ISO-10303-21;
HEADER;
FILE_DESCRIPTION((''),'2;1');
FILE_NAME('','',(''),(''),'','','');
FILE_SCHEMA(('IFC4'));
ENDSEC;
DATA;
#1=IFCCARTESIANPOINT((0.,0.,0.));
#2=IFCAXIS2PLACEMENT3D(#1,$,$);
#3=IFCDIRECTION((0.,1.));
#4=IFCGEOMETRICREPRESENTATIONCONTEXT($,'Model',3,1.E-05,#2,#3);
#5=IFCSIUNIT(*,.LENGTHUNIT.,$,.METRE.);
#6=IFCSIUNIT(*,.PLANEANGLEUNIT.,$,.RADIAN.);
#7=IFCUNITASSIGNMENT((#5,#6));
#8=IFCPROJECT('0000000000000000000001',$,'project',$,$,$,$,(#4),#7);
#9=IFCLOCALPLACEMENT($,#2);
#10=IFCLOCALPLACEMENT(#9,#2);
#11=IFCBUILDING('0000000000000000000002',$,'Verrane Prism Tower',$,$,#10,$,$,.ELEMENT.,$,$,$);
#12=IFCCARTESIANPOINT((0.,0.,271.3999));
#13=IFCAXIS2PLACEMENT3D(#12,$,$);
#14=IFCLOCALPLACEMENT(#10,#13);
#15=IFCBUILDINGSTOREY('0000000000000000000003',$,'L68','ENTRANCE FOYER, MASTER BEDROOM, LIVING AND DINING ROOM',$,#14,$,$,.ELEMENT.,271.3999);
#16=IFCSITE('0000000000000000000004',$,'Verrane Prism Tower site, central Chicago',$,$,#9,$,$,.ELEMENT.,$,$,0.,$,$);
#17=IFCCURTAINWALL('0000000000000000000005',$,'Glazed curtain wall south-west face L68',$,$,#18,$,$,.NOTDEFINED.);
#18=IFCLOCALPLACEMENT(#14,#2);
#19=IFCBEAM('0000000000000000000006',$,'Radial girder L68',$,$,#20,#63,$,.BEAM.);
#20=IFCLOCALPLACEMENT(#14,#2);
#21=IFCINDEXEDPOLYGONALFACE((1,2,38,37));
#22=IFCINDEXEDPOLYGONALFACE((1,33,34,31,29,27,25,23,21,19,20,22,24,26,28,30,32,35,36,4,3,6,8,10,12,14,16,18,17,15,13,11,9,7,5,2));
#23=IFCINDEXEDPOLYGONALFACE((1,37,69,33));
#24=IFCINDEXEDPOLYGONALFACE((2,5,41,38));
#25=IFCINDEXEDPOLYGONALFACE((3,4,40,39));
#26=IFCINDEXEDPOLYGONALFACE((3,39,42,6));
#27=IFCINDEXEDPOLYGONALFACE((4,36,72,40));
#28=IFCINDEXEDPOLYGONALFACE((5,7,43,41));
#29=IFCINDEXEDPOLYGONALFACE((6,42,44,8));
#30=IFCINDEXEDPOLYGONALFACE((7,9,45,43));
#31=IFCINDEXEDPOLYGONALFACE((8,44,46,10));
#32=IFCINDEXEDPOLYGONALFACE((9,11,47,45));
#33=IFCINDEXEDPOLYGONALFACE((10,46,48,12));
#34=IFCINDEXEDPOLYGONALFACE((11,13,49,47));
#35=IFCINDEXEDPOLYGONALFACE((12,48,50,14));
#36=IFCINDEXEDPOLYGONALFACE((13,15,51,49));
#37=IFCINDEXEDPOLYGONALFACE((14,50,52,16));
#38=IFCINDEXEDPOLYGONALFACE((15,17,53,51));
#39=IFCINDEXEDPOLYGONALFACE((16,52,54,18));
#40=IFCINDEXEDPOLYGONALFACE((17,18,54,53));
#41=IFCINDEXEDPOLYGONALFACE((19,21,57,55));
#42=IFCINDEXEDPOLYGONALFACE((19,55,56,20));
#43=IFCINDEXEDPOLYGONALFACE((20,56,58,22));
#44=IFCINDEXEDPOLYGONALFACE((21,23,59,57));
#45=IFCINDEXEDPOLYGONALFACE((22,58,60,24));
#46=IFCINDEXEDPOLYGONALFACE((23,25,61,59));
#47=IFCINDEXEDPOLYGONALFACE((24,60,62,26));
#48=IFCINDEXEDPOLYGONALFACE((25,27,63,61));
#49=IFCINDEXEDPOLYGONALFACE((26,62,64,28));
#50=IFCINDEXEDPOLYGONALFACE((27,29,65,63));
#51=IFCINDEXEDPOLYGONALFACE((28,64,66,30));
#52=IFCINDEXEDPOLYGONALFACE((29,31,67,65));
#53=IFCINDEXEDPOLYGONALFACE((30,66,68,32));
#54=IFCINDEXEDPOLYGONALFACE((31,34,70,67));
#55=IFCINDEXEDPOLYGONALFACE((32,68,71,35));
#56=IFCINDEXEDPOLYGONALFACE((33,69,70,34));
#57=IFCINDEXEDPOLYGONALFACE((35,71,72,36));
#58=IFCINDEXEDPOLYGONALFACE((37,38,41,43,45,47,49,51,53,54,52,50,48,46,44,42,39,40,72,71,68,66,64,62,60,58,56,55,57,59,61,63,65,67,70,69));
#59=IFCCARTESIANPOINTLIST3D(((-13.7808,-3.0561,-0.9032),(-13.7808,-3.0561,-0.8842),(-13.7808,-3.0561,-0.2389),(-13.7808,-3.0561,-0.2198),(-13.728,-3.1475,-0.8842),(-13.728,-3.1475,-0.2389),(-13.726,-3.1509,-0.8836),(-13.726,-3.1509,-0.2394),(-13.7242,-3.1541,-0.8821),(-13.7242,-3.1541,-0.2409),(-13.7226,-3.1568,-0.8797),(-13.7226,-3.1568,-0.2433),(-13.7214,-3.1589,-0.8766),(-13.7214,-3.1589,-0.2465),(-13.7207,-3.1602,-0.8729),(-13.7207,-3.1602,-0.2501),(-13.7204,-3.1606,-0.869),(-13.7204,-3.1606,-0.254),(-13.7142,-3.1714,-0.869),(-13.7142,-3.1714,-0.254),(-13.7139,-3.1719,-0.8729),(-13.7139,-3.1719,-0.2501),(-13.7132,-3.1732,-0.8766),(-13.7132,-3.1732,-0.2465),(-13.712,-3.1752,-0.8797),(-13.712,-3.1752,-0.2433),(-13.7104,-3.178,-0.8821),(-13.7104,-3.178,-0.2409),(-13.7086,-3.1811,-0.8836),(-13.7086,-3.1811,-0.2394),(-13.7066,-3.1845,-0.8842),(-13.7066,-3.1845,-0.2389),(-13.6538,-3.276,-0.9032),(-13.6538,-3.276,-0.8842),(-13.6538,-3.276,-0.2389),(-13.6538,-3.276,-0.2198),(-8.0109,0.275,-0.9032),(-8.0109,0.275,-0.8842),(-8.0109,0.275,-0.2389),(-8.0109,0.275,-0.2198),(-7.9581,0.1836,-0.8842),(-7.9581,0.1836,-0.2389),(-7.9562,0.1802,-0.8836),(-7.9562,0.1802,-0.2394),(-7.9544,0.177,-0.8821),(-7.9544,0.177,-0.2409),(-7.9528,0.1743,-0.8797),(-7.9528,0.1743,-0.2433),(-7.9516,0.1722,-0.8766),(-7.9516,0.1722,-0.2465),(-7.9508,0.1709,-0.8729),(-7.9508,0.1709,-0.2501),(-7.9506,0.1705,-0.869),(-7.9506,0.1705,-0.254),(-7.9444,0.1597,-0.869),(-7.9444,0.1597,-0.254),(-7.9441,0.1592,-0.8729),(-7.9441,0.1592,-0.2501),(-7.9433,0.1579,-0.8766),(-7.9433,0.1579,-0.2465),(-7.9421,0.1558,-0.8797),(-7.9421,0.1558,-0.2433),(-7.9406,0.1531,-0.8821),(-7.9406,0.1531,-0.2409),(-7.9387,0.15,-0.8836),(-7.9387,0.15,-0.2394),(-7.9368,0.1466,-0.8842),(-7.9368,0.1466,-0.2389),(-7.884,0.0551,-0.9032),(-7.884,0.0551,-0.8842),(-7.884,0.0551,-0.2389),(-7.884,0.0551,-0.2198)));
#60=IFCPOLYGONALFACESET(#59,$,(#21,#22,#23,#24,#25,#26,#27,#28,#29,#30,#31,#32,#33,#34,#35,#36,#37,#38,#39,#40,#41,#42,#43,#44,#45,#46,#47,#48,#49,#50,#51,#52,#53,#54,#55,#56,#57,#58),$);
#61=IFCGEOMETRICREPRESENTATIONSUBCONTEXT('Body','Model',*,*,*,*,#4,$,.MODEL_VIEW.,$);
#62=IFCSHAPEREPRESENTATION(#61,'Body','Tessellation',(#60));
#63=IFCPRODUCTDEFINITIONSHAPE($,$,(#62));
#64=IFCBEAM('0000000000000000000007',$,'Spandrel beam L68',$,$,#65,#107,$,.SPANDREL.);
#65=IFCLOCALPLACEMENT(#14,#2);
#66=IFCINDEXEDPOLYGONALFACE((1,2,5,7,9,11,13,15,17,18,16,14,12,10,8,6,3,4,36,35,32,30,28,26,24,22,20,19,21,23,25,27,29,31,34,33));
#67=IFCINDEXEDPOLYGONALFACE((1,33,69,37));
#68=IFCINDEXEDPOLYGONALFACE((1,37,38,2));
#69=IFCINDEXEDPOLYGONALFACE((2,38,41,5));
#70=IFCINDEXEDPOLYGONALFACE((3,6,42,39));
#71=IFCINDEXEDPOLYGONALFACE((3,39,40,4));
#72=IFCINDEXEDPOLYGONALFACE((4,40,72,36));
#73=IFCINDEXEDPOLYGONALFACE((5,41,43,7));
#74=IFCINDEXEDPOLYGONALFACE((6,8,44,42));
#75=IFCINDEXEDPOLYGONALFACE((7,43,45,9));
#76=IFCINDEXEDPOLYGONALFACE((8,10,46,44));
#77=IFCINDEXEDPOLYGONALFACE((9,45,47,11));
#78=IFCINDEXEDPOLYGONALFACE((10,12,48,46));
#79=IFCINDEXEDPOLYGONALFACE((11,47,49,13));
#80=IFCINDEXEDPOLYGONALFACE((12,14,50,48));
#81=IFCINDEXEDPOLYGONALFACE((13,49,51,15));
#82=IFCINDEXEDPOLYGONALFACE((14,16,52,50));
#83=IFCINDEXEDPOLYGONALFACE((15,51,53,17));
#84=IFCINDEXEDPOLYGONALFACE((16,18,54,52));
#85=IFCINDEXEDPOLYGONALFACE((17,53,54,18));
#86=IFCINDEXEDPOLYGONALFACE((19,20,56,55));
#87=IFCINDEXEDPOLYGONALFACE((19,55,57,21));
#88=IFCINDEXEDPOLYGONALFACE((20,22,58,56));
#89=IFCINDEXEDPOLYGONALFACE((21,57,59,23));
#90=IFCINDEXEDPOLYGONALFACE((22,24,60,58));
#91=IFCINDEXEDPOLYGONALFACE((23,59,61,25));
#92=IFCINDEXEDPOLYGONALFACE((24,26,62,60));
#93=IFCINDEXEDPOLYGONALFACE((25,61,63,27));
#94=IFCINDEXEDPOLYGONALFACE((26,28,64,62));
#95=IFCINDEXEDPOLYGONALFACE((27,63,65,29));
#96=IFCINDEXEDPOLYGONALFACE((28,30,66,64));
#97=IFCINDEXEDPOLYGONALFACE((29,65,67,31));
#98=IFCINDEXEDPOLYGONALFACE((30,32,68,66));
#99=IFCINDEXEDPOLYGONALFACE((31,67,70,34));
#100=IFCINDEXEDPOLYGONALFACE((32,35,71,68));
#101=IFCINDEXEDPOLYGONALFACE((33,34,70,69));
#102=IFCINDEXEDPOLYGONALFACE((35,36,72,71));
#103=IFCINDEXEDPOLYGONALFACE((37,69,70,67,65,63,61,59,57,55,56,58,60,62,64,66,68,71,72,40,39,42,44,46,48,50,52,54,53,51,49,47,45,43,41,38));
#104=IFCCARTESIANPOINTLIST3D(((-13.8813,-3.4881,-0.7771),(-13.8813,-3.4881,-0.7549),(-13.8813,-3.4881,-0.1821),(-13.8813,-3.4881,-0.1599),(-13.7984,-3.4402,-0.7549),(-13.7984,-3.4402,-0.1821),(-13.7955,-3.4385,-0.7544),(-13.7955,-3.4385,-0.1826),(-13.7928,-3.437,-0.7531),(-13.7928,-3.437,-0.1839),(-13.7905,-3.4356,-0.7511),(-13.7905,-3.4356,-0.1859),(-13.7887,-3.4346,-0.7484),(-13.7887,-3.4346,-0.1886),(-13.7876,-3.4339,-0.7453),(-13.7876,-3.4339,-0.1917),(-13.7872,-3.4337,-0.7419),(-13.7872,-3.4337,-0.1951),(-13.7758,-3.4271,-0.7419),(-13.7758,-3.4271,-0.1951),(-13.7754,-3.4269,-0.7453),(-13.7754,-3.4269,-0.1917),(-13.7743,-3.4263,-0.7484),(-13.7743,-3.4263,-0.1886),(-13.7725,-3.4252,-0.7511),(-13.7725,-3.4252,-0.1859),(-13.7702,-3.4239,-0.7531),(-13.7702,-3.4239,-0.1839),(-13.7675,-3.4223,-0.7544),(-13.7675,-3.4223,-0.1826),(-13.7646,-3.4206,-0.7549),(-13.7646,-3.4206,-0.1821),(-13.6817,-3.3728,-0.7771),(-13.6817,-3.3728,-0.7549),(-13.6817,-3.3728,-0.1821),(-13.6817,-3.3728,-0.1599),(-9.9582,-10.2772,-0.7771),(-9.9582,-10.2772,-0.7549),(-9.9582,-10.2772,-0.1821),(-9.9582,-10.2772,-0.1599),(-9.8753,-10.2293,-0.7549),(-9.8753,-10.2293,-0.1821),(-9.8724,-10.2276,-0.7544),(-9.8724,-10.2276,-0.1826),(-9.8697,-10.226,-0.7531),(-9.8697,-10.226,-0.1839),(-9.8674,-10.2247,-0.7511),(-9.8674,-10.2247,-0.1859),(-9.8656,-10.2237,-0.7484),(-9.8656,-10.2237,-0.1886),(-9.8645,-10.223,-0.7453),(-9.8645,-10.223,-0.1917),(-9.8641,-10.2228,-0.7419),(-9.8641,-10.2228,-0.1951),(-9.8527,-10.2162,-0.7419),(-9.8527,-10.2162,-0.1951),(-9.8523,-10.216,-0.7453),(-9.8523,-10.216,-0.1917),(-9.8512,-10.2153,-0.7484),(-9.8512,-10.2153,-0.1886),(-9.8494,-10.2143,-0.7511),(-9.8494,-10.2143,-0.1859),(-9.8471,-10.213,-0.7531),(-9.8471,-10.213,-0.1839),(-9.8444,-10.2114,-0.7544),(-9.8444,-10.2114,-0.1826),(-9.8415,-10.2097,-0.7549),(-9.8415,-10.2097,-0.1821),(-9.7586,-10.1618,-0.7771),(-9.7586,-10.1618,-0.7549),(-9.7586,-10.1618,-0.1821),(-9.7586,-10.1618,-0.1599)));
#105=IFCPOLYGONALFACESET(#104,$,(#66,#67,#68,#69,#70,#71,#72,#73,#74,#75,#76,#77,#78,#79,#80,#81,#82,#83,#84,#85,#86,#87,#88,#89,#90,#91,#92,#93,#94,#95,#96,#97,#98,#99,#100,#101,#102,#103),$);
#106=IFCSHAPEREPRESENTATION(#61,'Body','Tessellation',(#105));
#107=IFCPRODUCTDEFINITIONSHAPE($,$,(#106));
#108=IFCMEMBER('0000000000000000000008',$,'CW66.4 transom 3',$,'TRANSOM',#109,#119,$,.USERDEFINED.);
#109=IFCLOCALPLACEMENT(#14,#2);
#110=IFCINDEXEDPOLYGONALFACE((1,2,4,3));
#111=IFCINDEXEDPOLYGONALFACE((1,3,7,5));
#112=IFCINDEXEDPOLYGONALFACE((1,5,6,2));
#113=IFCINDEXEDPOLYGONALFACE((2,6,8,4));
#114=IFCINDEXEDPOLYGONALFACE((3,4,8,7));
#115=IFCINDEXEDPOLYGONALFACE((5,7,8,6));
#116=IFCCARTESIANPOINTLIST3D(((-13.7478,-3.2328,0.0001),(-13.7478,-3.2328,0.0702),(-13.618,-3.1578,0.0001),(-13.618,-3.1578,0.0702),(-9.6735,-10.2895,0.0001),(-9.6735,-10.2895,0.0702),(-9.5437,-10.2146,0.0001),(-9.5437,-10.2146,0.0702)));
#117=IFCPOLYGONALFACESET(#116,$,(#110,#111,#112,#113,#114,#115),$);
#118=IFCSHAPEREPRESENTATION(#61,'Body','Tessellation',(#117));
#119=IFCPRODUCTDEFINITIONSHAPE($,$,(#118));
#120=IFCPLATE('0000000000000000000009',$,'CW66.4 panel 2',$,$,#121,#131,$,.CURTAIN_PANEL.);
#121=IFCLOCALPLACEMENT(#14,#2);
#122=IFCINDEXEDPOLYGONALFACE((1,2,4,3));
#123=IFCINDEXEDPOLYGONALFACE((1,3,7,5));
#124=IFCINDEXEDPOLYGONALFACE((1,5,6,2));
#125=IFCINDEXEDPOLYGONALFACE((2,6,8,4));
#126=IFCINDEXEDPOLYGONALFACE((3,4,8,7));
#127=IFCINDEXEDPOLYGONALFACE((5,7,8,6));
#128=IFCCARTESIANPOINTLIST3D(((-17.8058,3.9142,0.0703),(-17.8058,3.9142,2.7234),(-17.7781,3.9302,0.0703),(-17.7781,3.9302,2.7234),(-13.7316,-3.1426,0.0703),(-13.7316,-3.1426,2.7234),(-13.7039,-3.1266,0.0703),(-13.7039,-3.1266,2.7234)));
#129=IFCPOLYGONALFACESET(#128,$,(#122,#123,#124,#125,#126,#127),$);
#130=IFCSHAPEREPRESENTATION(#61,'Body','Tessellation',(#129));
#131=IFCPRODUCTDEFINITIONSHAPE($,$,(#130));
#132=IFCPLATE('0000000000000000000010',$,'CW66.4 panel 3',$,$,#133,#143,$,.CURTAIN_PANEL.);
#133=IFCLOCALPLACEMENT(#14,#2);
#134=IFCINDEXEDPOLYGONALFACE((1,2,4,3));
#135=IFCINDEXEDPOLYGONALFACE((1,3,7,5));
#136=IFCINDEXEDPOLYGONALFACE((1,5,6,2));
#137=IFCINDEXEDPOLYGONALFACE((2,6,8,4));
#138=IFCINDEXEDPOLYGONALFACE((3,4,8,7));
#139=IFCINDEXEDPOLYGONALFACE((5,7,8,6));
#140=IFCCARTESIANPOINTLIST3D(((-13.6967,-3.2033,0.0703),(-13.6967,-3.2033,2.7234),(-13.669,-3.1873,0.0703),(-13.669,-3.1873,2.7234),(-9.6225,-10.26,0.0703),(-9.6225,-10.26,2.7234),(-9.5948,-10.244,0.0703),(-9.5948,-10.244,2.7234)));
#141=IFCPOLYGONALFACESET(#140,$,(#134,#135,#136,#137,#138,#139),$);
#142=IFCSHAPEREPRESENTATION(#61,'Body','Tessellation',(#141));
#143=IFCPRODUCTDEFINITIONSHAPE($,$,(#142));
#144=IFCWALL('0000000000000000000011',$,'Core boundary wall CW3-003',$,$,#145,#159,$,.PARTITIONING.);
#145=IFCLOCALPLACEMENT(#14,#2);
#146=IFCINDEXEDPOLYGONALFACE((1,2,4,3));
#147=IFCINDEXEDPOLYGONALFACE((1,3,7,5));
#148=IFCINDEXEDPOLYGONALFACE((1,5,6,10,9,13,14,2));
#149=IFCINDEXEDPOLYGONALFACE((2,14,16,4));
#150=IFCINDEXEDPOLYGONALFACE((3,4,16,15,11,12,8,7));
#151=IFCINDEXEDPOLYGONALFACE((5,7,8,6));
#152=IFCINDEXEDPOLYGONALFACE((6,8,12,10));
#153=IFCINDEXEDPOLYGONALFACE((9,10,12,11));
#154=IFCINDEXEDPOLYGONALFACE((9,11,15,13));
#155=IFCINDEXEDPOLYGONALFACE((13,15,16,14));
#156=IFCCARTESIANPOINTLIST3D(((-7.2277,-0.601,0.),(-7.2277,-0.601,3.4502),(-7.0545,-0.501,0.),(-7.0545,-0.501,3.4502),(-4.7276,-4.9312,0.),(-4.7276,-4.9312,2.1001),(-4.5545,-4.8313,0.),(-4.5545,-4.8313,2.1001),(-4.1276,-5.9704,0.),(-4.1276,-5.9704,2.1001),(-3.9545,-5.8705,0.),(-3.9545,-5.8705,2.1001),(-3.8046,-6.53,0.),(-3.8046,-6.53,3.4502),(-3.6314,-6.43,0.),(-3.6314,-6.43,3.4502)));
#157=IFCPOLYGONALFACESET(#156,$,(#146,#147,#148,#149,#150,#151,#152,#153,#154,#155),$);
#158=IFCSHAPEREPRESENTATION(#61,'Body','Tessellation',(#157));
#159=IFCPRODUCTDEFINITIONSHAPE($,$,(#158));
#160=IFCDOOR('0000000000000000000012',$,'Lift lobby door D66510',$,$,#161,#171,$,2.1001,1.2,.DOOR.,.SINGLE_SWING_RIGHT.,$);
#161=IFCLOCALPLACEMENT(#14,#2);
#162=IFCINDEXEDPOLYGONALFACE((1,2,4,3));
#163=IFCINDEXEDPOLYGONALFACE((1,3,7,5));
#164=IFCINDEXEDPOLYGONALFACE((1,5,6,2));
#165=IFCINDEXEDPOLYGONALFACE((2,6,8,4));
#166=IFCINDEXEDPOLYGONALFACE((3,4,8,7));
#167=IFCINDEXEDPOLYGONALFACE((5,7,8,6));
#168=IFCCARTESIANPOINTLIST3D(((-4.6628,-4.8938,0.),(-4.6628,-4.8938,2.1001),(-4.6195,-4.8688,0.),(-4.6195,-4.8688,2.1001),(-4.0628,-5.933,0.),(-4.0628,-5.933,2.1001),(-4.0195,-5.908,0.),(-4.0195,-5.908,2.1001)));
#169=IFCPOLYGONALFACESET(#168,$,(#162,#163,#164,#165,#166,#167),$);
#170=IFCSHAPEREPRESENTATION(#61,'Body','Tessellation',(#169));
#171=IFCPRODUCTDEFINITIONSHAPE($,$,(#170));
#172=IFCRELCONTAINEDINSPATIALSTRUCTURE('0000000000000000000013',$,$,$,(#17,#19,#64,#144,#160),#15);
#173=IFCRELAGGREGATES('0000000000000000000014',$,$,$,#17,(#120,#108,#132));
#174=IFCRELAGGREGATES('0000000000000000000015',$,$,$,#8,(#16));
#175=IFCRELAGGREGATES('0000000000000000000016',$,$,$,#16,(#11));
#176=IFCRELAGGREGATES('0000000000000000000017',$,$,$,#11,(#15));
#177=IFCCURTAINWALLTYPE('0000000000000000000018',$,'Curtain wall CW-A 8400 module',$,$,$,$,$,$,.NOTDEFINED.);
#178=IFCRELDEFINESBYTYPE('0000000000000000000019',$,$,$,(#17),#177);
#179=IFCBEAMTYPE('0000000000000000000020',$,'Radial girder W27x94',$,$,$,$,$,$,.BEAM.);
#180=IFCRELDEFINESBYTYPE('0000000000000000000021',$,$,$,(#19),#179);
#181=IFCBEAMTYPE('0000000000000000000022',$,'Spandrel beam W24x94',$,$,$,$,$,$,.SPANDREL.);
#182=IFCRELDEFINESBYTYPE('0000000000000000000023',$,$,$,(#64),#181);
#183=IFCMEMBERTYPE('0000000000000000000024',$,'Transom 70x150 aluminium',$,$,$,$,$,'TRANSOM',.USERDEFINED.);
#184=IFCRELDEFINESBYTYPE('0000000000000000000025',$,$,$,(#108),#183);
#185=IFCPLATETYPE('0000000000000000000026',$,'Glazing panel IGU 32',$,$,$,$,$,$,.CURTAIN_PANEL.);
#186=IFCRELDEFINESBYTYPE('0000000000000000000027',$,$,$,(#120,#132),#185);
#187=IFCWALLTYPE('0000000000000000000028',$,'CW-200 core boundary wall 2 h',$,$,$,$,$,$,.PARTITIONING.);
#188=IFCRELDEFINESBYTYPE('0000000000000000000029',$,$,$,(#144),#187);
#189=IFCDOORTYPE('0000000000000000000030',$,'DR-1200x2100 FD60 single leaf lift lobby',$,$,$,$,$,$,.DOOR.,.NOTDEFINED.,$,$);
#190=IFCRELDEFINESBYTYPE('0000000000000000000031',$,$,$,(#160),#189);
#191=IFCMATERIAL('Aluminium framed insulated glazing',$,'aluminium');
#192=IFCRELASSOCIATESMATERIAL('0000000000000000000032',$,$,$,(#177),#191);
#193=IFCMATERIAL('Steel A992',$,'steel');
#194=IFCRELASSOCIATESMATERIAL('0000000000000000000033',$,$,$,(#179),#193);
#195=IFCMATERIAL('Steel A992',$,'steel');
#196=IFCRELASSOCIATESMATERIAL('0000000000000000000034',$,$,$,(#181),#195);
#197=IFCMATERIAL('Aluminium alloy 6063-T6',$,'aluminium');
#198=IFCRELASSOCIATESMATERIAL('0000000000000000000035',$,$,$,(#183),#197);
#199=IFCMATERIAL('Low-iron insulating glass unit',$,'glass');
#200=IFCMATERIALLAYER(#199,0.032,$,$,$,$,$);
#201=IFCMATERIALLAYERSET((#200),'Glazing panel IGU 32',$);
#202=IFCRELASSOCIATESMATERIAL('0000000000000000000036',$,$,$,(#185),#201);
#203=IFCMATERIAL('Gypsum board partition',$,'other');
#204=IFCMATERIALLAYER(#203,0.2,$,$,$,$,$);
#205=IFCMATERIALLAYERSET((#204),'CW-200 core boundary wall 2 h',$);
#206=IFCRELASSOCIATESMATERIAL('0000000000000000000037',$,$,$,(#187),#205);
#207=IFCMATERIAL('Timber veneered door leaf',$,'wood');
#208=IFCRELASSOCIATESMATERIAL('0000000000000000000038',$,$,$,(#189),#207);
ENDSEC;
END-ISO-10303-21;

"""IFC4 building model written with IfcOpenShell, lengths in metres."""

from ifc_helpers import new_model, si_unit, direction, frame, frame_2d, origin, origin_2d, place, context, subcontext, project, spatial, rectangle, i_section, extrude, material, layer, layer_set, material_profile, profile_set, type_object, element, fill, aggregate, save


model = new_model("IFC4")

# Units and contexts
model_context = context("Model", 3, precision=1e-05, world=origin(), true_north=direction((0.0, 1.0)))
body_context = subcontext(model_context, "Body", "Model", "MODEL_VIEW")
ifc_project = project(units=[si_unit("LENGTHUNIT", "METRE"), si_unit("PLANEANGLEUNIT", "RADIAN")], contexts=[model_context])

# Site, building, storey
site_placement = place(None, origin())
site = spatial("IfcSite", under=ifc_project, at=site_placement, Name="Verrane Prism Tower site, central Chicago", CompositionType="ELEMENT", RefElevation=0.0)
building_placement = place(site_placement, origin())
building = spatial("IfcBuilding", under=site, at=building_placement, Name="Verrane Prism Tower", CompositionType="ELEMENT")
storey_placement = place(building_placement, frame((0.0, 0.0, 271.3999)))
storey = spatial("IfcBuildingStorey", under=building, at=storey_placement, Name="L68", Description="ENTRANCE FOYER, MASTER BEDROOM, LIVING AND DINING ROOM", CompositionType="ELEMENT", Elevation=271.3999)

# Curtain wall
ifc_material_1 = material(Name="Aluminium framed insulated glazing", Category="aluminium")
curtain_wall_type = type_object("IfcCurtainWallType", Name="Curtain wall CW-A 8400 module", PredefinedType="NOTDEFINED", material=ifc_material_1)
curtain_wall_placement = place(storey_placement, origin())
curtain_wall = element("IfcCurtainWall", 1, at=curtain_wall_placement, inside=storey, type_object=curtain_wall_type, Name="Glazed curtain wall south-west face L68", PredefinedType="NOTDEFINED")

# Beams
ifc_material_2 = material(Name="Steel A992", Category="steel")
ifc_material_profile_1 = material_profile(ifc_material_2, i_section(OverallWidth=0.2539, OverallDepth=0.6833, WebThickness=0.0125, FlangeThickness=0.019, FilletRadius=0.0151, at=origin_2d()), Name="W27x94")
ifc_profile_set_1 = profile_set([ifc_material_profile_1], Name="Steel A992")
beam_type_1 = type_object("IfcBeamType", Name="Radial girder W27x94", PredefinedType="BEAM", material=ifc_profile_set_1)
beam_1_placement = place(storey_placement, frame((-13.7173, -3.166, -0.5615), z_axis=(0.866034, 0.499986, 0.0), x_axis=(-0.499986, 0.866034, 0.0)))
element("IfcBeam", 2, at=beam_1_placement, inside=storey, type_object=beam_type_1, Name="Radial girder L68", PredefinedType="BEAM", context=body_context, shape_type="SweptSolid", body=[
    extrude(i_section(OverallWidth=0.2539, OverallDepth=0.6833, WebThickness=0.0125, FlangeThickness=0.019, FilletRadius=0.0151, at=origin_2d()), origin(), (0.0, 0.0, 1.0), 6.6624),
])
ifc_material_3 = material(Name="Steel A992", Category="steel")
ifc_material_profile_2 = material_profile(ifc_material_3, i_section(OverallWidth=0.2305, OverallDepth=0.6172, WebThickness=0.0132, FlangeThickness=0.0222, FilletRadius=0.0129, at=origin_2d()), Name="W24x94")
ifc_profile_set_2 = profile_set([ifc_material_profile_2], Name="Steel A992")
beam_type_2 = type_object("IfcBeamType", Name="Spandrel beam W24x94", PredefinedType="SPANDREL", material=ifc_profile_set_2)
beam_2_placement = place(storey_placement, frame((-13.7815, -3.4304, -0.4685), z_axis=(0.500328, -0.865836, 0.0), x_axis=(0.865836, 0.500328, 0.0)))
element("IfcBeam", 3, at=beam_2_placement, inside=storey, type_object=beam_type_2, Name="Spandrel beam L68", PredefinedType="SPANDREL", context=body_context, shape_type="SweptSolid", body=[
    extrude(i_section(OverallWidth=0.2305, OverallDepth=0.6172, WebThickness=0.0132, FlangeThickness=0.0222, FilletRadius=0.0129, at=origin_2d()), origin(), (0.0, 0.0, 1.0), 7.8411),
])

# Member
ifc_material_4 = material(Name="Aluminium alloy 6063-T6", Category="aluminium")
ifc_material_profile_3 = material_profile(ifc_material_4, rectangle(XDim=0.1499, YDim=0.0701, at=origin_2d()), Name="Transom 70x150 aluminium")
ifc_profile_set_3 = profile_set([ifc_material_profile_3], Name="Aluminium alloy 6063-T6")
member_type_1 = type_object("IfcMemberType", Name="Transom 70x150 aluminium", ElementType="TRANSOM", PredefinedType="USERDEFINED", material=ifc_profile_set_3)
member_1_placement = place(storey_placement, frame((-13.6829, -3.1953, 0.0352), z_axis=(0.500006, -0.866022, 0.0), x_axis=(0.866022, 0.500006, 0.0)))
member_1 = element("IfcMember", 4, at=member_1_placement, type_object=member_type_1, Name="CW66.4 transom 3", ObjectType="TRANSOM", PredefinedType="USERDEFINED", context=body_context, shape_type="SweptSolid", body=[
    extrude(rectangle(XDim=0.1499, YDim=0.0701, at=origin_2d()), origin(), (0.0, 0.0, 1.0), 8.1484),
])

# Plates
ifc_material_5 = material(Name="Low-iron insulating glass unit", Category="glass")
ifc_layer_1 = layer(ifc_material_5, 0.032)
ifc_layer_set_1 = layer_set([ifc_layer_1], Name="Glazing panel IGU 32")
plate_type = type_object("IfcPlateType", Name="Glazing panel IGU 32", PredefinedType="CURTAIN_PANEL", material=ifc_layer_set_1)
plate_1_placement = place(storey_placement, frame((-15.7549, 0.3938, 0.0703), z_axis=(0.0, 0.0, 1.0), x_axis=(0.500001, -0.866025, 0.0)))
plate_1 = element("IfcPlate", 5, at=plate_1_placement, type_object=plate_type, Name="CW66.4 panel 2", PredefinedType="CURTAIN_PANEL", context=body_context, shape_type="SweptSolid", body=[
    extrude(rectangle(XDim=8.1484, YDim=0.032, at=origin_2d()), origin(), (0.0, 0.0, 1.0), 2.6531),
])
plate_2_placement = place(storey_placement, frame((-11.6458, -6.7236, 0.0703), z_axis=(0.0, 0.0, 1.0), x_axis=(0.500001, -0.866025, 0.0)))
plate_2 = element("IfcPlate", 6, at=plate_2_placement, type_object=plate_type, Name="CW66.4 panel 3", PredefinedType="CURTAIN_PANEL", context=body_context, shape_type="SweptSolid", body=[
    extrude(rectangle(XDim=8.1484, YDim=0.032, at=origin_2d()), origin(), (0.0, 0.0, 1.0), 2.6531),
])
aggregate(curtain_wall, [plate_1, member_1, plate_2])

# Wall, opening, door
ifc_material_6 = material(Name="Gypsum board partition", Category="other")
ifc_layer_2 = layer(ifc_material_6, 0.2)
ifc_layer_set_2 = layer_set([ifc_layer_2], Name="CW-200 core boundary wall 2 h")
wall_type_1 = type_object("IfcWallType", Name="CW-200 core boundary wall 2 h", PredefinedType="PARTITIONING", material=ifc_layer_set_2)
wall_1_placement = place(storey_placement, frame((-7.1411, -0.551, 0.0), z_axis=(0.0, 0.0, 1.0), x_axis=(0.500001, -0.866025, 0.0)))
wall_1 = element("IfcWall", 7, at=wall_1_placement, inside=storey, type_object=wall_type_1, Name="Core boundary wall CW3-003", PredefinedType="PARTITIONING", context=body_context, shape_type="SweptSolid", body=[
    extrude(rectangle(XDim=6.8462, YDim=0.2, at=frame_2d((3.4231, 0.0))), origin(), (0.0, 0.0, 1.0), 3.4502),
])
opening_1_placement = place(wall_1_placement, frame((5.0, 0.0, 0.0)))
opening_1 = element("IfcOpeningElement", 8, at=opening_1_placement, cuts=wall_1, PredefinedType="OPENING", context=body_context, shape_type="SweptSolid", body=[
    extrude(rectangle(XDim=1.2, YDim=2.1001, at=frame_2d((0.6001, 1.05))), frame((0.0, 0.1099, 0.0), z_axis=(0.0, -1.0, 0.0), x_axis=(1.0, 0.0, 0.0)), (0.0, 0.0, 1.0), 0.22),
])
ifc_material_7 = material(Name="Timber veneered door leaf", Category="wood")
door_type_1 = type_object("IfcDoorType", Name="DR-1200x2100 FD60 single leaf lift lobby", OperationType="NOTDEFINED", PredefinedType="DOOR", material=ifc_material_7)
door_1_placement = place(opening_1_placement, origin())
door_1 = element("IfcDoor", 9, at=door_1_placement, inside=storey, type_object=door_type_1, Name="Lift lobby door D66510", OperationType="SINGLE_SWING_RIGHT", OverallHeight=2.1001, OverallWidth=1.2, PredefinedType="DOOR", context=body_context, shape_type="SweptSolid", body=[
    extrude(rectangle(XDim=1.2, YDim=2.1001, at=frame_2d((0.6001, 1.05))), frame((0.0, 0.0249, 0.0), z_axis=(0.0, -1.0, 0.0), x_axis=(1.0, 0.0, 0.0)), (0.0, 0.0, 1.0), 0.05),
])
fill(opening_1, door_1)

save(model, "model.ifc")
